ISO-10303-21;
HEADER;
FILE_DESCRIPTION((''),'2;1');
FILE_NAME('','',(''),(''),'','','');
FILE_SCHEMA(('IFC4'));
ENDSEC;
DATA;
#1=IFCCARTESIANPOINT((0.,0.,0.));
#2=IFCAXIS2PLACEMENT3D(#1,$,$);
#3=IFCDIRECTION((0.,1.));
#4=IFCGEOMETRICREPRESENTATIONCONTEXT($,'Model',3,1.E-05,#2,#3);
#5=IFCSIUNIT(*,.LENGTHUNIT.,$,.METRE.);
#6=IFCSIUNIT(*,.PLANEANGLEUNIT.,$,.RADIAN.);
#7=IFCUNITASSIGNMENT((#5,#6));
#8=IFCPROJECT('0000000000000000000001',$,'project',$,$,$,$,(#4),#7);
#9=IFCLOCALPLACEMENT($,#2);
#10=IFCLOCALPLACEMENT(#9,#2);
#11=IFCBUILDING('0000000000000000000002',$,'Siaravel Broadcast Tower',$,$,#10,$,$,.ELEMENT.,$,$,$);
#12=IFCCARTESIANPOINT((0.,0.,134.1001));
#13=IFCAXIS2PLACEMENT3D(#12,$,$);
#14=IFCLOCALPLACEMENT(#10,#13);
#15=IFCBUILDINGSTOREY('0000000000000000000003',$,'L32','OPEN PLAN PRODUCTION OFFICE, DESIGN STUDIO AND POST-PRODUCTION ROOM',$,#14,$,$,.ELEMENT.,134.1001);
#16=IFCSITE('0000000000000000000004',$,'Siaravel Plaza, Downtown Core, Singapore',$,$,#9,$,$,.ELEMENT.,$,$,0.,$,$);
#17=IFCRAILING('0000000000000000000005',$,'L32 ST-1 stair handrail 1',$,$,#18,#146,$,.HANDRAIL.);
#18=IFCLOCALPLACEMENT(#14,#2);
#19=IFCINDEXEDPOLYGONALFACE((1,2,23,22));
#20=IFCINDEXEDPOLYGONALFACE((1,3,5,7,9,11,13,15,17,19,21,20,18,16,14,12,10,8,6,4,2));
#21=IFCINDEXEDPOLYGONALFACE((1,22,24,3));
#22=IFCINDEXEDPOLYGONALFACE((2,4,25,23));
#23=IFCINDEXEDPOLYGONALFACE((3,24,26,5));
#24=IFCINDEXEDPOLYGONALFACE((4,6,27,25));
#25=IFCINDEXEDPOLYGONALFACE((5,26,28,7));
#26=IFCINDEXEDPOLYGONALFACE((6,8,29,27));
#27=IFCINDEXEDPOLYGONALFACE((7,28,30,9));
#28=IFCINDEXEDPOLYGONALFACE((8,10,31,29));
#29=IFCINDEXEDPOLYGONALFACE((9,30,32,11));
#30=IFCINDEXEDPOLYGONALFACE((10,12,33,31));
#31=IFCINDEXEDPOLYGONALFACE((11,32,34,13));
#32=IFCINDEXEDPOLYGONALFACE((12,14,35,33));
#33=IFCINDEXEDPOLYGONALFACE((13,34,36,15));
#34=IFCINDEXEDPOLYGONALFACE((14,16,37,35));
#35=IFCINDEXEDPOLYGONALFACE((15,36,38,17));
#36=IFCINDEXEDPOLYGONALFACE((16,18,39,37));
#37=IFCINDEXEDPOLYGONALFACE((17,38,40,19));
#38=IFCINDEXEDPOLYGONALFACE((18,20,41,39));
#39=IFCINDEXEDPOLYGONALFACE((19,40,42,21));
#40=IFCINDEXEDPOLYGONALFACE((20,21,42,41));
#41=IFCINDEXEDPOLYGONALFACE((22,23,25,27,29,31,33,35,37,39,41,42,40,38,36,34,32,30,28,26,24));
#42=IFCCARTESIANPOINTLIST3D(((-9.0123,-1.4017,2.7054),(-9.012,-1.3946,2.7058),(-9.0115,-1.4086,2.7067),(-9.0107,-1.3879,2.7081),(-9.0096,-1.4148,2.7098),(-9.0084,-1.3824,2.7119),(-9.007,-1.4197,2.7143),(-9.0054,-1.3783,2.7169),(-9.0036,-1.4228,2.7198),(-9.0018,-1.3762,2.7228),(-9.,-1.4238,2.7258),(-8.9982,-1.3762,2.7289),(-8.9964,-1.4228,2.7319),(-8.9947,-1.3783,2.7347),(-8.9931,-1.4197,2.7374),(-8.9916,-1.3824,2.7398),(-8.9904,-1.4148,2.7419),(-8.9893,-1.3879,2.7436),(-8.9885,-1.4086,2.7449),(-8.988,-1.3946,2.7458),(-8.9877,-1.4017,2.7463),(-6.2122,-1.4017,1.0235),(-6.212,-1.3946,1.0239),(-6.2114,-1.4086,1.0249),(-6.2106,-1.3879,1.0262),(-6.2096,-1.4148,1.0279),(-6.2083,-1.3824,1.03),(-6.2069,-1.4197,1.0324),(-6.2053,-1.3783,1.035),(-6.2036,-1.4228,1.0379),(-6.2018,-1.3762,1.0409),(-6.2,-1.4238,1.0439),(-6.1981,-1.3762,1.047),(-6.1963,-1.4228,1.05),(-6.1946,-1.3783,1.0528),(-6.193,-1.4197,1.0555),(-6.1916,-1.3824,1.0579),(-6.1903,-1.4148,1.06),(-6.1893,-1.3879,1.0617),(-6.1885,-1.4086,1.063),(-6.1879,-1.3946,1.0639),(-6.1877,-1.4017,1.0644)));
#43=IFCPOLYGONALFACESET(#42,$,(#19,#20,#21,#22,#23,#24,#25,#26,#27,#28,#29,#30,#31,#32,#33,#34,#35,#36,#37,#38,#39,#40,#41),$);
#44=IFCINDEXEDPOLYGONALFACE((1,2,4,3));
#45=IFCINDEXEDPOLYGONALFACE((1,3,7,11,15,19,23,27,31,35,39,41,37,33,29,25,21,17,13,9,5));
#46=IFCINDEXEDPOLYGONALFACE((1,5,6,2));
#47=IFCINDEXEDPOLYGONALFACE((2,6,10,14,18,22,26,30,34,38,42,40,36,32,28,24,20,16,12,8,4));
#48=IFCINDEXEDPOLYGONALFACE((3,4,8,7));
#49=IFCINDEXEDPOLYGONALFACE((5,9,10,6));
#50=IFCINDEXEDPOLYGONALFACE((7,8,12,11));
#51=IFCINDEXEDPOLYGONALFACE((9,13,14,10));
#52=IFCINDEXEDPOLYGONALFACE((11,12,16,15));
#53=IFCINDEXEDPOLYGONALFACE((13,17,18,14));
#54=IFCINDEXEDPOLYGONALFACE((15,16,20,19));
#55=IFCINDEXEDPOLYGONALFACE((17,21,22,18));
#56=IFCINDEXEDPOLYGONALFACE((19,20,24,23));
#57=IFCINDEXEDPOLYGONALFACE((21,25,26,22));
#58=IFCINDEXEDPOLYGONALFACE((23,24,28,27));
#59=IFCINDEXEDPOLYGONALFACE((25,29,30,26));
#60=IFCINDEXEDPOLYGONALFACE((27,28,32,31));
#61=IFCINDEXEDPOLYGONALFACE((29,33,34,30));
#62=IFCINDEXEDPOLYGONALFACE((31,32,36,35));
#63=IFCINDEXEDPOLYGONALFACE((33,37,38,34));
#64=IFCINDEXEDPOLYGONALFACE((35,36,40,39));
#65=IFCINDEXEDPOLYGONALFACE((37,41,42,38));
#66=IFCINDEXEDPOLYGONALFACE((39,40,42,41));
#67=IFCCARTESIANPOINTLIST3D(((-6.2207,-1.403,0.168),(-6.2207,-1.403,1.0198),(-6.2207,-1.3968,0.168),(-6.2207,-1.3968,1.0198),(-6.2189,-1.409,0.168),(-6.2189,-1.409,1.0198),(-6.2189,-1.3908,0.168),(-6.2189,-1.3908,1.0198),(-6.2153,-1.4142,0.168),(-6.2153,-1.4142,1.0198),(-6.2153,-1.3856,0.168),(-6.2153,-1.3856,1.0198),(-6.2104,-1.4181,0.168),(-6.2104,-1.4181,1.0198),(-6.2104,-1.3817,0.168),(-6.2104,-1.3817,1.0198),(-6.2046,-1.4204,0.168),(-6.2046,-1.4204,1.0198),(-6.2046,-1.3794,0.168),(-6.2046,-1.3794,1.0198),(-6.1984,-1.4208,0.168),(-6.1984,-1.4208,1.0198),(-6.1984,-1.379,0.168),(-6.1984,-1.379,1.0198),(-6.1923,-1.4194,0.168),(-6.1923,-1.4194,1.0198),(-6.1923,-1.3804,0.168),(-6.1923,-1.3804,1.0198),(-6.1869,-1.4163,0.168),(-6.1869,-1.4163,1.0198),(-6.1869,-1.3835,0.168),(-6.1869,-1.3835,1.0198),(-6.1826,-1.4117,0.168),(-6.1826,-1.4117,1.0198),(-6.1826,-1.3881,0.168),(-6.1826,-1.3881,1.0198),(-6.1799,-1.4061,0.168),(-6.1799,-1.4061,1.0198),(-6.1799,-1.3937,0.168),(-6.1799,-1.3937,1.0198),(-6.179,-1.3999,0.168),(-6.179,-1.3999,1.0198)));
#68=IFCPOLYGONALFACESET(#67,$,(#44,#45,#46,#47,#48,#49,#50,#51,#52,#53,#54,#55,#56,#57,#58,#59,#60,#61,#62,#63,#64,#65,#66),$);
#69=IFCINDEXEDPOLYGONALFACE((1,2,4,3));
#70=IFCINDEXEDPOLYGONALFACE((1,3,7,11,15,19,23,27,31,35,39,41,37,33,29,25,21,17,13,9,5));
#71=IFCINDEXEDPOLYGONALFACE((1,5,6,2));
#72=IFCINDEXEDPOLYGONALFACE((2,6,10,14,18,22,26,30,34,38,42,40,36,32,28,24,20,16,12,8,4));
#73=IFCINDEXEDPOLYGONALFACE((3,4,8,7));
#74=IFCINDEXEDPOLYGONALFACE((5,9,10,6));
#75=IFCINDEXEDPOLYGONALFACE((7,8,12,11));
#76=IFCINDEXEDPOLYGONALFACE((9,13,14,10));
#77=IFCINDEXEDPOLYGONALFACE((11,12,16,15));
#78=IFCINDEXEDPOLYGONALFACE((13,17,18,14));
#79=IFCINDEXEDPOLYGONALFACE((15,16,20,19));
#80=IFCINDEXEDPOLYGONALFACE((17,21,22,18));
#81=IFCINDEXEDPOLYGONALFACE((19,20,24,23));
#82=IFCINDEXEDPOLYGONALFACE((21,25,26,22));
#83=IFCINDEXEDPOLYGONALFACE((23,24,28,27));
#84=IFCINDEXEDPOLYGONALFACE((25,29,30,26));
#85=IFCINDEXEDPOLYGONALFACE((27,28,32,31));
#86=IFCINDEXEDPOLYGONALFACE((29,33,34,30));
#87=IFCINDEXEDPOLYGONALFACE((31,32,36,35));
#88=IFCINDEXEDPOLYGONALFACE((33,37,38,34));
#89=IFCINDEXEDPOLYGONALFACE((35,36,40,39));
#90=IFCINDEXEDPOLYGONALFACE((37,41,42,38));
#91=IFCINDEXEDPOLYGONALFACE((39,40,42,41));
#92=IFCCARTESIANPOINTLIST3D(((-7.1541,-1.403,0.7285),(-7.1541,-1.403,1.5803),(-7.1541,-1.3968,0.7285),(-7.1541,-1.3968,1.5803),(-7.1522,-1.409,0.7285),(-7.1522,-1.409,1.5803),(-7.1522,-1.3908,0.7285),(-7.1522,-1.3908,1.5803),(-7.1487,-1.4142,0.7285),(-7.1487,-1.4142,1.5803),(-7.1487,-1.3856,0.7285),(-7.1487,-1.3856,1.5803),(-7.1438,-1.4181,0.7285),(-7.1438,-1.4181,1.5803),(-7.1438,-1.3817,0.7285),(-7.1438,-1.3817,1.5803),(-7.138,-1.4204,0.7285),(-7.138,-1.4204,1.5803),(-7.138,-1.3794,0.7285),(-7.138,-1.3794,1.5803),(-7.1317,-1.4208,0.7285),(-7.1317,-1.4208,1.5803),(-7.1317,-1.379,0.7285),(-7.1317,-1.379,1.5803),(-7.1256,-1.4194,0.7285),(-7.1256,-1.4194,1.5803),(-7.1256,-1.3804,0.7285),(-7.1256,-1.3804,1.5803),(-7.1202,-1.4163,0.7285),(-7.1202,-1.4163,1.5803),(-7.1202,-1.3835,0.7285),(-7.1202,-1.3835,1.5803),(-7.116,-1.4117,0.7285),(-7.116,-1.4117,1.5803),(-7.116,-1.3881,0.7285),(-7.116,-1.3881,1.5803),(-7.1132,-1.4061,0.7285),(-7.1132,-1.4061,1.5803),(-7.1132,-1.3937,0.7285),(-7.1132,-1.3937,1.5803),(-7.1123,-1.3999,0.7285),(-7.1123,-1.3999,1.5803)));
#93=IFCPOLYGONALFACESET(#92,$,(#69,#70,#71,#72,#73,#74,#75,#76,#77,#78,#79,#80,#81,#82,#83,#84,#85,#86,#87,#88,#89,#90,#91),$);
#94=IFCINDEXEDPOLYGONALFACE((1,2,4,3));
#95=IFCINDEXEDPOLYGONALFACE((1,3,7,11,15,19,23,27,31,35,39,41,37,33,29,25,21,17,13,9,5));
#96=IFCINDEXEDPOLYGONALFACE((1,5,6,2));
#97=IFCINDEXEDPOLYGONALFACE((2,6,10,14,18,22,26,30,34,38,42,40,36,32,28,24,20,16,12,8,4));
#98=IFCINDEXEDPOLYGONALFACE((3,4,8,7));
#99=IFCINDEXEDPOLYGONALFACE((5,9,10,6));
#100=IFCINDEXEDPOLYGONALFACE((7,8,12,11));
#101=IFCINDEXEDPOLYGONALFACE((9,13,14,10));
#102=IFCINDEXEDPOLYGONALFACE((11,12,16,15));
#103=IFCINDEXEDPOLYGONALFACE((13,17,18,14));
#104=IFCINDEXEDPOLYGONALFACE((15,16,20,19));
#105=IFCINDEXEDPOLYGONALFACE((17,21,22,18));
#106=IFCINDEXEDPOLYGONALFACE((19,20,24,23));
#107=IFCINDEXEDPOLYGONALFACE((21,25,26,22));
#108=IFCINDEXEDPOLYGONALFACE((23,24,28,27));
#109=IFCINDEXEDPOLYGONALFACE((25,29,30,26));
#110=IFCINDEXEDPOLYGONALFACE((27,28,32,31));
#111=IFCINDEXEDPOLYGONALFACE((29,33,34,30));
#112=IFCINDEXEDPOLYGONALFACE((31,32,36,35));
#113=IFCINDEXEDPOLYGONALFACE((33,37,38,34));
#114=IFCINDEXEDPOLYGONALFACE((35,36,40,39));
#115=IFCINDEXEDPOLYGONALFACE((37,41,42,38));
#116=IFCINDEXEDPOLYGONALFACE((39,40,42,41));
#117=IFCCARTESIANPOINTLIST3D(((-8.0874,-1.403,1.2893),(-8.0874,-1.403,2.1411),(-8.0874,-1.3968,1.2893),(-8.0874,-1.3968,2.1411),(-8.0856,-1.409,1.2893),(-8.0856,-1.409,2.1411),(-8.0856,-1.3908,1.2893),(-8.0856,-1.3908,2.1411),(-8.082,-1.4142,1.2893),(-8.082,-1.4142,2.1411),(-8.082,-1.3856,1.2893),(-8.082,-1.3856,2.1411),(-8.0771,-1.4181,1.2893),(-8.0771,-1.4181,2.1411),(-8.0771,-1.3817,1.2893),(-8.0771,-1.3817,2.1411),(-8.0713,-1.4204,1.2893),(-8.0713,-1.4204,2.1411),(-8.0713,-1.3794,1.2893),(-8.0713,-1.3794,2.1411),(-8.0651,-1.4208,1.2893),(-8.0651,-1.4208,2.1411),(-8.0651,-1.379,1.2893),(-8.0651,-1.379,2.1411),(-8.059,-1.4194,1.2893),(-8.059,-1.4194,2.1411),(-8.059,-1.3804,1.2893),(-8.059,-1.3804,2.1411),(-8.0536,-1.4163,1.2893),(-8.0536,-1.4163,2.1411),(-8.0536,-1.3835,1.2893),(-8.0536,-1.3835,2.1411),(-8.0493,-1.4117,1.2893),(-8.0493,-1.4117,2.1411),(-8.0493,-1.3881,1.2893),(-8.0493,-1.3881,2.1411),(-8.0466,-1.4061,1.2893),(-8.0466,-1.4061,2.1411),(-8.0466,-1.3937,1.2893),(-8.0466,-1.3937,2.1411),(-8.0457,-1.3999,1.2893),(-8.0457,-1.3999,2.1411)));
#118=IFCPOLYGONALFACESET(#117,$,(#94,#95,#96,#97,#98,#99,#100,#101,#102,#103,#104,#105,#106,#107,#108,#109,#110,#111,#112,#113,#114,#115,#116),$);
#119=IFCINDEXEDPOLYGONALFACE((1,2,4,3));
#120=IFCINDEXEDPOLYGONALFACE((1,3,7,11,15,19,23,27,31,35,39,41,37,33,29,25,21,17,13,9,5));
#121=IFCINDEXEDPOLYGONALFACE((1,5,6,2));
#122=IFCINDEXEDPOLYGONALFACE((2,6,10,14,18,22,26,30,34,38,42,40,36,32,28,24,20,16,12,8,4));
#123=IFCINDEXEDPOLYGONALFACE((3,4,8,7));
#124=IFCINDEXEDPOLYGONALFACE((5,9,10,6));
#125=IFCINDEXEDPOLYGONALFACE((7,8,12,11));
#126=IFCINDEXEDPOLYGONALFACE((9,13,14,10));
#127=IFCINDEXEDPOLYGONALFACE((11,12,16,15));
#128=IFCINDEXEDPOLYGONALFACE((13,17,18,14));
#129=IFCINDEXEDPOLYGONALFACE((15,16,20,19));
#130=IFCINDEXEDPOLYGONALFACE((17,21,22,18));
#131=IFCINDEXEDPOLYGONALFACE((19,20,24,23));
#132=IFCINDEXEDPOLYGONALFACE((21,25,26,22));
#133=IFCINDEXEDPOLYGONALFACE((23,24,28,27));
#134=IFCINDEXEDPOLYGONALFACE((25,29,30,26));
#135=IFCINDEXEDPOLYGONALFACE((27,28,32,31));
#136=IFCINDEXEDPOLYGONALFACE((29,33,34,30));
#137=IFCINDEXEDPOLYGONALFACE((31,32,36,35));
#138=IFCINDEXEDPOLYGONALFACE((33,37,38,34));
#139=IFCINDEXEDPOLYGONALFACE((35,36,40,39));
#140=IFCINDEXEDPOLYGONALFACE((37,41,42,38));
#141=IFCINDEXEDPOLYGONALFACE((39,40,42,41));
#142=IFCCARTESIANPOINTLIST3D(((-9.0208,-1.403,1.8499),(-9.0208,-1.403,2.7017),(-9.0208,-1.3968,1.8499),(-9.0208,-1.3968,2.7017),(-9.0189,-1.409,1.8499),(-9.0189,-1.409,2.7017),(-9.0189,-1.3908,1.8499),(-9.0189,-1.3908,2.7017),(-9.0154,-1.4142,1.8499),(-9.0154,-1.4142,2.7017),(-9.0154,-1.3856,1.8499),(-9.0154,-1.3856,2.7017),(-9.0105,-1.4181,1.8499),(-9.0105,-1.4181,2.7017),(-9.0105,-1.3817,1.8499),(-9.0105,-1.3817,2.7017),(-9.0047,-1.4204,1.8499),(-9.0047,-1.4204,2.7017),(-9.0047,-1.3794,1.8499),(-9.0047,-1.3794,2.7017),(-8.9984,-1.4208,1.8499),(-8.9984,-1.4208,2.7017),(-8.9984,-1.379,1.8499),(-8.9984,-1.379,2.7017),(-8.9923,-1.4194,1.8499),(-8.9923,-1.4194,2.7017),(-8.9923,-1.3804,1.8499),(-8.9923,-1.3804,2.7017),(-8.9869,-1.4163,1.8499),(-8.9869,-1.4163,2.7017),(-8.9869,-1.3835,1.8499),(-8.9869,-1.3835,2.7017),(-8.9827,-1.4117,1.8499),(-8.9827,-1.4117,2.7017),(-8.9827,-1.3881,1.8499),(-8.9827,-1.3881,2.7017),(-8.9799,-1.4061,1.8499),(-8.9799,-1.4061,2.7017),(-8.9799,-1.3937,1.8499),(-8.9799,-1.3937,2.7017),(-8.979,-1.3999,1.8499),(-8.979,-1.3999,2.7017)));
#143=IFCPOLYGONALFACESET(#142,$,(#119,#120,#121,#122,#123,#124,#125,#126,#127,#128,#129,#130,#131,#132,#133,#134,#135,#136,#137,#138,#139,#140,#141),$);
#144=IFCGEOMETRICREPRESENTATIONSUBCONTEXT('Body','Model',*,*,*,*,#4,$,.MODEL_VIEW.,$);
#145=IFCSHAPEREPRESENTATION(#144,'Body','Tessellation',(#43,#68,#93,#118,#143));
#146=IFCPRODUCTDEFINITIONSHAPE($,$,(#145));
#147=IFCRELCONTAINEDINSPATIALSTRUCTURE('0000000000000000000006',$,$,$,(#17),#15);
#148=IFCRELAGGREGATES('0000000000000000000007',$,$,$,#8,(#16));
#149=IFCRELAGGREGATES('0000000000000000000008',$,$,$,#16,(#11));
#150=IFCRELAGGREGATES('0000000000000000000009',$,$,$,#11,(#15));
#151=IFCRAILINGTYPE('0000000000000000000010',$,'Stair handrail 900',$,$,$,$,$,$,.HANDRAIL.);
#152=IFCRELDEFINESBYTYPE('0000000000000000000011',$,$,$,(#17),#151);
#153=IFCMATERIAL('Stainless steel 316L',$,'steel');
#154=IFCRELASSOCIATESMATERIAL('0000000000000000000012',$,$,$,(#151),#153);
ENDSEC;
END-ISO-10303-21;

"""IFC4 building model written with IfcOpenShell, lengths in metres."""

from ifc_helpers import new_model, si_unit, direction, frame, origin, origin_2d, place, context, subcontext, project, spatial, circle, extrude, material, type_object, element, save


model = new_model("IFC4")

# Units and contexts
model_context = context("Model", 3, precision=1e-05, world=origin(), true_north=direction((0.0, 1.0)))
body_context = subcontext(model_context, "Body", "Model", "MODEL_VIEW")
ifc_project = project(units=[si_unit("LENGTHUNIT", "METRE"), si_unit("PLANEANGLEUNIT", "RADIAN")], contexts=[model_context])

# Site, building, storey
site_placement = place(None, origin())
site = spatial("IfcSite", under=ifc_project, at=site_placement, Name="Siaravel Plaza, Downtown Core, Singapore", CompositionType="ELEMENT", RefElevation=0.0)
building_placement = place(site_placement, origin())
building = spatial("IfcBuilding", under=site, at=building_placement, Name="Siaravel Broadcast Tower", CompositionType="ELEMENT")
storey_placement = place(building_placement, frame((0.0, 0.0, 134.1001)))
storey = spatial("IfcBuildingStorey", under=building, at=storey_placement, Name="L32", Description="OPEN PLAN PRODUCTION OFFICE, DESIGN STUDIO AND POST-PRODUCTION ROOM", CompositionType="ELEMENT", Elevation=134.1001)

# Shared definitions
ifc_material_1 = material(Name="Stainless steel 316L", Category="steel")

# Railing
railing_type = type_object("IfcRailingType", Name="Stair handrail 900", PredefinedType="HANDRAIL", material=ifc_material_1)
railing_placement = place(storey_placement, frame((-6.2, -1.3999, 0.168)))
element("IfcRailing", 1, at=railing_placement, inside=storey, type_object=railing_type, Name="L32 ST-1 stair handrail 1", PredefinedType="HANDRAIL", context=body_context, shape_type="SweptSolid", body=[
    extrude(circle(Radius=0.0239, at=origin_2d()), frame((0.0, 0.0, 0.876), z_axis=(-0.857242, 0.0, 0.514913), x_axis=(0.0, -1.0, 0.0)), (0.0, 0.0, 1.0), 3.2664),
    extrude(circle(Radius=0.021, at=origin_2d()), origin(), (0.0, 0.0, 1.0), 0.8518),
    extrude(circle(Radius=0.021, at=origin_2d()), frame((-0.9333, 0.0, 0.5605)), (0.0, 0.0, 1.0), 0.8518),
    extrude(circle(Radius=0.021, at=origin_2d()), frame((-1.8667, 0.0, 1.1213)), (0.0, 0.0, 1.0), 0.8518),
    extrude(circle(Radius=0.021, at=origin_2d()), frame((-2.8, 0.0, 1.6819)), (0.0, 0.0, 1.0), 0.8518),
])

save(model, "model.ifc")
